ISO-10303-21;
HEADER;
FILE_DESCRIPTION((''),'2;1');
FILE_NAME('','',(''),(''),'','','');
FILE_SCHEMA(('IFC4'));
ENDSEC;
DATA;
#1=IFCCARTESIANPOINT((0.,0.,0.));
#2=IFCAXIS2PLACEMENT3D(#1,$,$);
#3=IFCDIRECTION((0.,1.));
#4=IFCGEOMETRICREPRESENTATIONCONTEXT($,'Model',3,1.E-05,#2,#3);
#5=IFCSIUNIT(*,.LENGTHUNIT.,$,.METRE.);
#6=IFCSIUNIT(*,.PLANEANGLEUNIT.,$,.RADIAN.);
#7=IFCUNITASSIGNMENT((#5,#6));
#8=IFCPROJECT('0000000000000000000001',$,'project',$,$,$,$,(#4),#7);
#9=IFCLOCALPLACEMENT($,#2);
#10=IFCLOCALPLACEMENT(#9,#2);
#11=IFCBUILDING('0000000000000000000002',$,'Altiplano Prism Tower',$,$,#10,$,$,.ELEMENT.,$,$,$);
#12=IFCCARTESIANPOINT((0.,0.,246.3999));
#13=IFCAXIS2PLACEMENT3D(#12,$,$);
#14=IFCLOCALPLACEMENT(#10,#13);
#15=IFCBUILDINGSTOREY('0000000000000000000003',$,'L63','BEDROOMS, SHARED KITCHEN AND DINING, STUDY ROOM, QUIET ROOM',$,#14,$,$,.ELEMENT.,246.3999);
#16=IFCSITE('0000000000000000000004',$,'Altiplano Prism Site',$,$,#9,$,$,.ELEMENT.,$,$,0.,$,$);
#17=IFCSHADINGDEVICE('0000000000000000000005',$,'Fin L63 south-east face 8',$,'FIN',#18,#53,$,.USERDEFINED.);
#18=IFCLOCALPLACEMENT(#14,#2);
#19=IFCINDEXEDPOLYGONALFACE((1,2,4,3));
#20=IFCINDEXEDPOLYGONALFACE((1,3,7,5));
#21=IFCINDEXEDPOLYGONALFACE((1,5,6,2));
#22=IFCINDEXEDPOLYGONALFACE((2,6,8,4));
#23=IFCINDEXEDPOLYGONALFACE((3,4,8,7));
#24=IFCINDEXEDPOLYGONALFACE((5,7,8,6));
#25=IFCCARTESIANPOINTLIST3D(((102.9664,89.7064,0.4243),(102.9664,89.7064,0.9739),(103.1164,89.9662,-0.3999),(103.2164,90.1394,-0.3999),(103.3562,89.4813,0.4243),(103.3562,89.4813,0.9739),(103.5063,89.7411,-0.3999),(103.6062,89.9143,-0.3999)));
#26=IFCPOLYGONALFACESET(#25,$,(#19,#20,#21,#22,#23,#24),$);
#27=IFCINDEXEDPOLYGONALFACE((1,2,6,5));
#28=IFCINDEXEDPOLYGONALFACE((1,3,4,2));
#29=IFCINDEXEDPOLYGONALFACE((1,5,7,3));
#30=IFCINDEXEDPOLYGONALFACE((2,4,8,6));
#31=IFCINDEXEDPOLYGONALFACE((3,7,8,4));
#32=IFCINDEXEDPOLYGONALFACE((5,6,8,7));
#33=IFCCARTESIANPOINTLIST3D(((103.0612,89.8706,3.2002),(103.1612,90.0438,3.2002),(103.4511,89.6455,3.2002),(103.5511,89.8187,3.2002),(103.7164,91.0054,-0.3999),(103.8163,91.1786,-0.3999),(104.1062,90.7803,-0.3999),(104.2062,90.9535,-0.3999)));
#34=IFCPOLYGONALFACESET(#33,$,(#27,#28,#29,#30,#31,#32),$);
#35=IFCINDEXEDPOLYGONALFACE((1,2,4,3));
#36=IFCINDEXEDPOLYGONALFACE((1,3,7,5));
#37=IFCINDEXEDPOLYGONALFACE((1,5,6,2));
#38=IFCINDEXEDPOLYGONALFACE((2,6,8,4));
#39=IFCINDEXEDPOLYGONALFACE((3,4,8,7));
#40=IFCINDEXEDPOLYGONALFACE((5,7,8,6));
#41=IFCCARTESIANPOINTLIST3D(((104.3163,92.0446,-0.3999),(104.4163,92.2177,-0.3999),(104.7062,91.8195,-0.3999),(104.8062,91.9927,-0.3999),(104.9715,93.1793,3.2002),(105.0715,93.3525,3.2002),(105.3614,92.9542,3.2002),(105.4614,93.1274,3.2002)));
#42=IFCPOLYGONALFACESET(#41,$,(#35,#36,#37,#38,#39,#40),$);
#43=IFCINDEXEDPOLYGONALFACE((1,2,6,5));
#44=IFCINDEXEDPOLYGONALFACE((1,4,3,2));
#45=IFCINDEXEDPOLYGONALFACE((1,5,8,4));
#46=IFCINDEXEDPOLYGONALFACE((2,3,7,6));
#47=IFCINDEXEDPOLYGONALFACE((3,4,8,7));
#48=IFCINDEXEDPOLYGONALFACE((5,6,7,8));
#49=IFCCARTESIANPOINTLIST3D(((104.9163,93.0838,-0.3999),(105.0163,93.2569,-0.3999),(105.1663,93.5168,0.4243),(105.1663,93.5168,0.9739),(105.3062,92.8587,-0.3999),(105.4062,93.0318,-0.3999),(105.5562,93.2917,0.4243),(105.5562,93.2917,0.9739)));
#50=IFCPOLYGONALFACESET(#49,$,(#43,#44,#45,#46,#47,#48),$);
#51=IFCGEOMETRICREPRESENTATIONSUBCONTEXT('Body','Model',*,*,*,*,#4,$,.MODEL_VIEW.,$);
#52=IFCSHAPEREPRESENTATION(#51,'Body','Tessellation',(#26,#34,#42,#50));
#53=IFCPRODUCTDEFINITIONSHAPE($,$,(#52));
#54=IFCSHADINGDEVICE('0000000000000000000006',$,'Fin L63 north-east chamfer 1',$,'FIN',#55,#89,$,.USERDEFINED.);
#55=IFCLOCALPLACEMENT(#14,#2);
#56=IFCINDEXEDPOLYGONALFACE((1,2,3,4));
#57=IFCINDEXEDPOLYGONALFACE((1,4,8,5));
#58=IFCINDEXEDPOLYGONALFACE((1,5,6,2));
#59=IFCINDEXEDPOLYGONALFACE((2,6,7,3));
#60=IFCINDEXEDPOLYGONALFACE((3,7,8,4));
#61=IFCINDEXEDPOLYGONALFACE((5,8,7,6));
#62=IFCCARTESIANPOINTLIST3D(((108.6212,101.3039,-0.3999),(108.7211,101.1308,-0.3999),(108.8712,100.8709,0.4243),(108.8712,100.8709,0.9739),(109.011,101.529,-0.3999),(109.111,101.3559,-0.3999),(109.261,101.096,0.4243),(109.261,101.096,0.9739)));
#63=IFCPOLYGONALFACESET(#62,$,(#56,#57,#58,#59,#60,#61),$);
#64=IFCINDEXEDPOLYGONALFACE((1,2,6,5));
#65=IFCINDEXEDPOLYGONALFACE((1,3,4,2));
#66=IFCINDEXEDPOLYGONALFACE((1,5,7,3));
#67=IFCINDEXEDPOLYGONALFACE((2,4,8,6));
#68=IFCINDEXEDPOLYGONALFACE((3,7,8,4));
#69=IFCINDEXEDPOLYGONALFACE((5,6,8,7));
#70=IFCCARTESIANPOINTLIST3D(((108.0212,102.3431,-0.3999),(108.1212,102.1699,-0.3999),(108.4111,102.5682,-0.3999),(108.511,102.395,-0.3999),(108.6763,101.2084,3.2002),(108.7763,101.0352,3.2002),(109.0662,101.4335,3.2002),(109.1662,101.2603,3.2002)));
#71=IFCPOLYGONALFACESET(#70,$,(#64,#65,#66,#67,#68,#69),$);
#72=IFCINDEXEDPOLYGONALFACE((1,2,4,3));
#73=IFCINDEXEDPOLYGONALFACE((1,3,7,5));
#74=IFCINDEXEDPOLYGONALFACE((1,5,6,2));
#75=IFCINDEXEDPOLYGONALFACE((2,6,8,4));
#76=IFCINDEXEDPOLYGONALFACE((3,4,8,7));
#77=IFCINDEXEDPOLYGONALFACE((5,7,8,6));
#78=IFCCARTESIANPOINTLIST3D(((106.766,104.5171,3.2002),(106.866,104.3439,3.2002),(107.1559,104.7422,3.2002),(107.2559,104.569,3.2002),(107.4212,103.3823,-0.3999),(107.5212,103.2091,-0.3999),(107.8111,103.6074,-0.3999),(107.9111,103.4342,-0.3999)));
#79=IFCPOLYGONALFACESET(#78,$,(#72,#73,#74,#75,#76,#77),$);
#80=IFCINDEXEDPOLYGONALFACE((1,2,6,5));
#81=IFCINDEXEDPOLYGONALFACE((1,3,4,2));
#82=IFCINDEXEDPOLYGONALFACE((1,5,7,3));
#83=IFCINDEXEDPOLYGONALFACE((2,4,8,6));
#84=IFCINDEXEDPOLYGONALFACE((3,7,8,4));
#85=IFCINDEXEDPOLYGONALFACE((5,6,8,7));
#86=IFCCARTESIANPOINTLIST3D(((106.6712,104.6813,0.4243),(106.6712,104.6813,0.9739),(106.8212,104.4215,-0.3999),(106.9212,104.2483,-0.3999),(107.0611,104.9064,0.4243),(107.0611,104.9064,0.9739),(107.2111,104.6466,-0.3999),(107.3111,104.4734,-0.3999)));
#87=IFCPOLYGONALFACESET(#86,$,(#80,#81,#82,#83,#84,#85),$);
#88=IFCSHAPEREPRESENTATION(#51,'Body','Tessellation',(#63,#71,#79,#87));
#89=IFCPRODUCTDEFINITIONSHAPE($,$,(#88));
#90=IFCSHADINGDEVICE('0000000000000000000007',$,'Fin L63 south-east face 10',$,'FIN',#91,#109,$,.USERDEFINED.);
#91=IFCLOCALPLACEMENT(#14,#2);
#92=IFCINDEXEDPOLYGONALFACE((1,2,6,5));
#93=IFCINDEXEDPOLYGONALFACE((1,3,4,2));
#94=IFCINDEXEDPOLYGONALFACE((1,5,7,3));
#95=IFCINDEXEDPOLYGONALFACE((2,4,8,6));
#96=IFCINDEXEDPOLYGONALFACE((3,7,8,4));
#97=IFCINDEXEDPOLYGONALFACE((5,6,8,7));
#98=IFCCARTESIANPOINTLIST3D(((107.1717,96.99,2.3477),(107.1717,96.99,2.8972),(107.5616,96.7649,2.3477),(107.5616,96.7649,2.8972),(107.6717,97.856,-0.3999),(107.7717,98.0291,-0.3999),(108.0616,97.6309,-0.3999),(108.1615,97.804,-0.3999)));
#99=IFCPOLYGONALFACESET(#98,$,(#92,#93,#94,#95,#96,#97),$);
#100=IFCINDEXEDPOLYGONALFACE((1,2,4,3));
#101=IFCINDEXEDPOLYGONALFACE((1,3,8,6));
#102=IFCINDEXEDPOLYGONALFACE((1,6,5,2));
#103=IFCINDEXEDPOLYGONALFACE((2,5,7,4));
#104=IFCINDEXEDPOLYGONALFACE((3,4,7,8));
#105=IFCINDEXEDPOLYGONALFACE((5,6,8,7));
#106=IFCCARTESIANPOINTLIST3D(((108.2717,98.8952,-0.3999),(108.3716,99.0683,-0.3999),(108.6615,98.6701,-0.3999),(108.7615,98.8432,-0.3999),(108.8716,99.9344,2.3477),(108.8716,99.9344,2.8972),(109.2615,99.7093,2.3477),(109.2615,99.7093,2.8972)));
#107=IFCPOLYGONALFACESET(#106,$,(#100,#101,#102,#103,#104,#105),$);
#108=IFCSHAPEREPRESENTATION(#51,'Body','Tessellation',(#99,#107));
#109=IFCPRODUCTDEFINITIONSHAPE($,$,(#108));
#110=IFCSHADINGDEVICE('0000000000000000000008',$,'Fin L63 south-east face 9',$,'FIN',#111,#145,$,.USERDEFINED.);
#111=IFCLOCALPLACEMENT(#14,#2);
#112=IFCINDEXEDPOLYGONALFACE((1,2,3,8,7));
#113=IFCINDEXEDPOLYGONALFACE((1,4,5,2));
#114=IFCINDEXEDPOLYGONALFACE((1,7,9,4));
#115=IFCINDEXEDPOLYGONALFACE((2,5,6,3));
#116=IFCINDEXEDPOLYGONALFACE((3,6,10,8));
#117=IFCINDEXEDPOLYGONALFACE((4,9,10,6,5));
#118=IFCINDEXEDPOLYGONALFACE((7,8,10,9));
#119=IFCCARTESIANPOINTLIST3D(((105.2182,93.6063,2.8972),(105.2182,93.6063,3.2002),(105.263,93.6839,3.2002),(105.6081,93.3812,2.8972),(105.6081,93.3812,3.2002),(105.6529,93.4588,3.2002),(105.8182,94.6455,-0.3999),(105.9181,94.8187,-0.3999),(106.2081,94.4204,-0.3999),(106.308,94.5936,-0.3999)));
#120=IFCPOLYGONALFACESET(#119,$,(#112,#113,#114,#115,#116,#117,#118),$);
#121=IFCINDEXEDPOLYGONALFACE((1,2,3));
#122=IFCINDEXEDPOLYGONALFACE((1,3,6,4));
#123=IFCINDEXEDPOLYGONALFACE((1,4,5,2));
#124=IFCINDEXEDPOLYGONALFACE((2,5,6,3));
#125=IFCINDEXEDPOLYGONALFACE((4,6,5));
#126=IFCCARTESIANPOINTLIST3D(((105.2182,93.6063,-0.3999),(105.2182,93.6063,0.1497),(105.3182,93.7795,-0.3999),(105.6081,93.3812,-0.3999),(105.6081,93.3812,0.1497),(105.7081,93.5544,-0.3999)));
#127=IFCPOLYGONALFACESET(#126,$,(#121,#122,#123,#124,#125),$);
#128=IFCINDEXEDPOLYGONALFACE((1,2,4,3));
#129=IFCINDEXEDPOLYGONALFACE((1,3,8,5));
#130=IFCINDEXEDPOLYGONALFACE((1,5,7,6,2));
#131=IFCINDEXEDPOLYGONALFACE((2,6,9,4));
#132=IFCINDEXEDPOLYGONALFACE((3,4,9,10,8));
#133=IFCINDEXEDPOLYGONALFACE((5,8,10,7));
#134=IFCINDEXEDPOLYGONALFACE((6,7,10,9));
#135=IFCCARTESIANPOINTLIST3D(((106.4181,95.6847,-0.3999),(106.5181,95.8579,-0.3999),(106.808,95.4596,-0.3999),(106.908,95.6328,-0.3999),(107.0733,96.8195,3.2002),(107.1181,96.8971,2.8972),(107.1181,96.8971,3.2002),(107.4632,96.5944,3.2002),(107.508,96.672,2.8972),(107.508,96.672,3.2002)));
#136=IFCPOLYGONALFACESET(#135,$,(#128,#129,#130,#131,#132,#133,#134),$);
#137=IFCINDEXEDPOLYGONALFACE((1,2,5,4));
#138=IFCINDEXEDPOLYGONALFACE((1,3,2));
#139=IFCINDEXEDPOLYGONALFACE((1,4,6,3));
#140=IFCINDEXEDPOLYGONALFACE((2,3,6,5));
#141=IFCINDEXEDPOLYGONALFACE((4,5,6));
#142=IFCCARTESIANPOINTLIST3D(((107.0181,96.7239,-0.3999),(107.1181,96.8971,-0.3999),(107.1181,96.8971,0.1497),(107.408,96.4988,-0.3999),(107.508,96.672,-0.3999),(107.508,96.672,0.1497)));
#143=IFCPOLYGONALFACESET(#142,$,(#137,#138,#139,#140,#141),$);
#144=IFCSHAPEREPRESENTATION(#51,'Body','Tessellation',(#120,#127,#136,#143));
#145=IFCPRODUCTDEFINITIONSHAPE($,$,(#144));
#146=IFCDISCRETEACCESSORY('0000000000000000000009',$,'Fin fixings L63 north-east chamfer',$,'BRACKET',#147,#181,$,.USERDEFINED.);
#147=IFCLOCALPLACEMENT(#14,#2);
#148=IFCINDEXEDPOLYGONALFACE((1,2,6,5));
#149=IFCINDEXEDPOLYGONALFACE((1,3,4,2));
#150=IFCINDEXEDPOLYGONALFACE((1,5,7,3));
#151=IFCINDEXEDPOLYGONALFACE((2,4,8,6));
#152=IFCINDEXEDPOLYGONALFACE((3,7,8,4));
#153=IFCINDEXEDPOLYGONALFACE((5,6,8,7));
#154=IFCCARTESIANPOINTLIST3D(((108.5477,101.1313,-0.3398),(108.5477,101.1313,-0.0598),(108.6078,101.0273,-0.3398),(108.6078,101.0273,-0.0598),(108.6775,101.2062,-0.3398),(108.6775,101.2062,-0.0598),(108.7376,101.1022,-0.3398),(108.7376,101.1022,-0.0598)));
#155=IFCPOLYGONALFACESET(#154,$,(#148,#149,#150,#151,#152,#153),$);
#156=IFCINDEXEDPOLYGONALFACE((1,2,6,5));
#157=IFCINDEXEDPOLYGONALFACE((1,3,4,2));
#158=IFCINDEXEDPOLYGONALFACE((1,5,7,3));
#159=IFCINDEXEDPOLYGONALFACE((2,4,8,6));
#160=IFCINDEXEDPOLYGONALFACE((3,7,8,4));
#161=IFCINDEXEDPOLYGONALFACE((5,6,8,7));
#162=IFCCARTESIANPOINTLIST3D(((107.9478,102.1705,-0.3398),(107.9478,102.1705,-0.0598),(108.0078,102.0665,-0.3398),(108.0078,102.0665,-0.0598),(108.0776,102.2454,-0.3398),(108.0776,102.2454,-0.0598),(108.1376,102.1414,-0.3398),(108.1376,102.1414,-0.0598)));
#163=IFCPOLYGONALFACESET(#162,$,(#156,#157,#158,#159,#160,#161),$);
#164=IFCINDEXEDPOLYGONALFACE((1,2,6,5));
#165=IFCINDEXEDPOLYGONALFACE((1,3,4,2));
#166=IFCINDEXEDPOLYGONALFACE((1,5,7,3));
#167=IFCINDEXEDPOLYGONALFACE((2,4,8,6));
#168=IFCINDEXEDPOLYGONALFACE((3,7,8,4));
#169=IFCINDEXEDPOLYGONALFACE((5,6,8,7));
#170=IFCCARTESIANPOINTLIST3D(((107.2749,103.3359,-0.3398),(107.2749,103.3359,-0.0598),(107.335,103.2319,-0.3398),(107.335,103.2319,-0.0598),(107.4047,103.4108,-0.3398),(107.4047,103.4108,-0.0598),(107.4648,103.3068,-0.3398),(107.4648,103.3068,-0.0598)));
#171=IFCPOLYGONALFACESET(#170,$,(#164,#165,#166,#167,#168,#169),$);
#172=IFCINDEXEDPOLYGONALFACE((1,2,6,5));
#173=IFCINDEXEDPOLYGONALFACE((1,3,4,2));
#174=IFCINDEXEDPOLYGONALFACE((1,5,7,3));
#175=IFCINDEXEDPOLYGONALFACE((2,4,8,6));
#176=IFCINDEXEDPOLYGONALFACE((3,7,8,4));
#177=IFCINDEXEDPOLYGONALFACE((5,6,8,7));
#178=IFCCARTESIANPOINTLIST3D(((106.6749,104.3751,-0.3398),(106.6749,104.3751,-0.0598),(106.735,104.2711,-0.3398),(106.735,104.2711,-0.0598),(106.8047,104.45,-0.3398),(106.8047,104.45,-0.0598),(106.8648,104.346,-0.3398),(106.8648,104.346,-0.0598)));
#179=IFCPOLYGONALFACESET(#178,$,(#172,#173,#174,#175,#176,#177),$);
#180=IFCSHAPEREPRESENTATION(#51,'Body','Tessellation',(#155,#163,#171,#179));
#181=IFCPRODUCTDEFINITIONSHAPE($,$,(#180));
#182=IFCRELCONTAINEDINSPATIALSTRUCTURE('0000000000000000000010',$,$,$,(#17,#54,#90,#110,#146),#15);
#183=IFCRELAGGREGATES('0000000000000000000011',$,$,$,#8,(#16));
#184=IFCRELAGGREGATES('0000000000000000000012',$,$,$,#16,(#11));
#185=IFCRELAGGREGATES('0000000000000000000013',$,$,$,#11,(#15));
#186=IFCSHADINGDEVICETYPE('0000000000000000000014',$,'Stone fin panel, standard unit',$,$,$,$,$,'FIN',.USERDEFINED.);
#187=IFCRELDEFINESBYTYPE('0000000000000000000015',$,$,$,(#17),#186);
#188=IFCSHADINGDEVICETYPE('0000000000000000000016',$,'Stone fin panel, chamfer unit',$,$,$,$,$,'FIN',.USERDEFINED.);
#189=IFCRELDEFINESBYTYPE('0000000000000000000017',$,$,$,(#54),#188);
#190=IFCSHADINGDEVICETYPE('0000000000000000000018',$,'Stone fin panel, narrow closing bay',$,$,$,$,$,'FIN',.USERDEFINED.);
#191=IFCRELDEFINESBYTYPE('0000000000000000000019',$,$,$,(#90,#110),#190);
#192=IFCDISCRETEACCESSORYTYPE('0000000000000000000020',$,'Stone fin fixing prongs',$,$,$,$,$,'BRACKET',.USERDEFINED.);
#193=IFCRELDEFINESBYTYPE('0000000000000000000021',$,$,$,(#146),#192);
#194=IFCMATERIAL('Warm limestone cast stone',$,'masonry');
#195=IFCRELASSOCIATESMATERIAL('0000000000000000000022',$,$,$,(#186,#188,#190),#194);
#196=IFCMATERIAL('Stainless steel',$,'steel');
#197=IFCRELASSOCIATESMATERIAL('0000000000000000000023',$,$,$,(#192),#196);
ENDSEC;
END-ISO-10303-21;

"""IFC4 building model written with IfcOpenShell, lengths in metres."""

from ifc_helpers import new_model, si_unit, direction, frame, origin, place, context, subcontext, project, spatial, polyline, outline, extrude, source, transform, mapped, material, type_object, element, save


model = new_model("IFC4")

# Units and contexts
model_context = context("Model", 3, precision=1e-05, world=origin(), true_north=direction((0.0, 1.0)))
body_context = subcontext(model_context, "Body", "Model", "MODEL_VIEW")
ifc_project = project(units=[si_unit("LENGTHUNIT", "METRE"), si_unit("PLANEANGLEUNIT", "RADIAN")], contexts=[model_context])

# Site, building, storey
site_placement = place(None, origin())
site = spatial("IfcSite", under=ifc_project, at=site_placement, Name="Altiplano Prism Site", CompositionType="ELEMENT", RefElevation=0.0)
building_placement = place(site_placement, origin())
building = spatial("IfcBuilding", under=site, at=building_placement, Name="Altiplano Prism Tower", CompositionType="ELEMENT")
storey_placement = place(building_placement, frame((0.0, 0.0, 246.3999)))
storey = spatial("IfcBuildingStorey", under=building, at=storey_placement, Name="L63", Description="BEDROOMS, SHARED KITCHEN AND DINING, STUDY ROOM, QUIET ROOM", CompositionType="ELEMENT", Elevation=246.3999)

# Shading devices
ifc_material_1 = material(Name="Warm limestone cast stone", Category="masonry")
shading_device_type_1 = type_object("IfcShadingDeviceType", Name="Stone fin panel, standard unit", ElementType="FIN", PredefinedType="USERDEFINED", material=ifc_material_1)
shared_shape_1 = source(origin(), body_context, "Body", "SweptSolid", [
    extrude(outline(polyline([(-2.2, 1.3738), (-2.2, 0.8242), (-1.8999, 0.0), (-1.7, 0.0), (-2.2, 1.3738)])), frame((0.0, -0.1499, 0.0), z_axis=(0.0, -1.0, 0.0), x_axis=(1.0, 0.0, 0.0)), (0.0, 0.0, 1.0), 0.4502),
    extrude(outline(polyline([(-2.0103, 3.6001), (-0.7, 0.0), (-0.5, 0.0), (-1.8103, 3.6001), (-2.0103, 3.6001)])), frame((0.0, -0.1499, 0.0), z_axis=(0.0, -1.0, 0.0), x_axis=(1.0, 0.0, 0.0)), (0.0, 0.0, 1.0), 0.4502),
    extrude(outline(polyline([(1.8103, 3.6001), (0.5, 0.0), (0.7, 0.0), (2.0103, 3.6001), (1.8103, 3.6001)])), frame((0.0, -0.1499, 0.0), z_axis=(0.0, -1.0, 0.0), x_axis=(1.0, 0.0, 0.0)), (0.0, 0.0, 1.0), 0.4502),
    extrude(outline(polyline([(2.2, 0.8242), (2.2, 1.3738), (1.7, 0.0), (1.8999, 0.0), (2.2, 0.8242)])), frame((0.0, -0.1499, 0.0), z_axis=(0.0, -1.0, 0.0), x_axis=(1.0, 0.0, 0.0)), (0.0, 0.0, 1.0), 0.4502),
])
shading_device_1_placement = place(storey_placement, origin())
element("IfcShadingDevice", 1, at=shading_device_1_placement, inside=storey, type_object=shading_device_type_1, Name="Fin L63 south-east face 8", ObjectType="FIN", PredefinedType="USERDEFINED", context=body_context, shape_type="MappedRepresentation", body=[
    mapped(shared_shape_1, transform((103.9365, 91.6865, -0.3999), x_axis=(0.5, 0.866025, 0.0), y_axis=(-0.866025, 0.5, 0.0), z_axis=(0.0, 0.0, 1.0))),
])
shading_device_type_2 = type_object("IfcShadingDeviceType", Name="Stone fin panel, chamfer unit", ElementType="FIN", PredefinedType="USERDEFINED", material=ifc_material_1)
shading_device_2_placement = place(storey_placement, origin())
element("IfcShadingDevice", 2, at=shading_device_2_placement, inside=storey, type_object=shading_device_type_2, Name="Fin L63 north-east chamfer 1", ObjectType="FIN", PredefinedType="USERDEFINED", context=body_context, shape_type="MappedRepresentation", body=[
    mapped(shared_shape_1, transform((107.6414, 102.7012, -0.3999), x_axis=(-0.5, 0.866025, 0.0), y_axis=(-0.866025, -0.5, 0.0), z_axis=(0.0, 0.0, 1.0))),
])
shading_device_type_3 = type_object("IfcShadingDeviceType", Name="Stone fin panel, narrow closing bay", ElementType="FIN", PredefinedType="USERDEFINED", material=ifc_material_1)
shared_shape_2 = source(origin(), body_context, "Body", "SweptSolid", [
    extrude(outline(polyline([(-1.7, 3.2971), (-1.7, 2.7476), (-0.7, 0.0), (-0.5, 0.0), (-1.7, 3.2971)])), frame((0.0, -0.1499, 0.0), z_axis=(0.0, -1.0, 0.0), x_axis=(1.0, 0.0, 0.0)), (0.0, 0.0, 1.0), 0.4502),
    extrude(outline(polyline([(1.7, 2.7476), (1.7, 3.2971), (0.5, 0.0), (0.7, 0.0), (1.7, 2.7476)])), frame((0.0, -0.1499, 0.0), z_axis=(0.0, -1.0, 0.0), x_axis=(1.0, 0.0, 0.0)), (0.0, 0.0, 1.0), 0.4502),
])
shading_device_3_placement = place(storey_placement, origin())
element("IfcShadingDevice", 3, at=shading_device_3_placement, inside=storey, type_object=shading_device_type_3, Name="Fin L63 south-east face 10", ObjectType="FIN", PredefinedType="USERDEFINED", context=body_context, shape_type="MappedRepresentation", body=[
    mapped(shared_shape_2, transform((107.8918, 98.5371, -0.3999), x_axis=(0.5, 0.866025, 0.0), y_axis=(-0.866025, 0.5, 0.0), z_axis=(0.0, 0.0, 1.0))),
])
shared_shape_3 = source(origin(), body_context, "Body", "SweptSolid", [
    extrude(outline(polyline([(-1.8999, 3.6001), (-1.8999, 3.2971), (-0.7, 0.0), (-0.5, 0.0), (-1.8103, 3.6001), (-1.8999, 3.6001)])), frame((0.0, -0.1499, 0.0), z_axis=(0.0, -1.0, 0.0), x_axis=(1.0, 0.0, 0.0)), (0.0, 0.0, 1.0), 0.4502),
    extrude(outline(polyline([(-1.8999, 0.5496), (-1.8999, 0.0), (-1.7, 0.0), (-1.8999, 0.5496)])), frame((0.0, -0.1499, 0.0), z_axis=(0.0, -1.0, 0.0), x_axis=(1.0, 0.0, 0.0)), (0.0, 0.0, 1.0), 0.4502),
    extrude(outline(polyline([(1.8103, 3.6001), (0.5, 0.0), (0.7, 0.0), (1.8999, 3.2971), (1.8999, 3.6001), (1.8103, 3.6001)])), frame((0.0, -0.1499, 0.0), z_axis=(0.0, -1.0, 0.0), x_axis=(1.0, 0.0, 0.0)), (0.0, 0.0, 1.0), 0.4502),
    extrude(outline(polyline([(1.8999, 0.0), (1.8999, 0.5496), (1.7, 0.0), (1.8999, 0.0)])), frame((0.0, -0.1499, 0.0), z_axis=(0.0, -1.0, 0.0), x_axis=(1.0, 0.0, 0.0)), (0.0, 0.0, 1.0), 0.4502),
])
shading_device_4_placement = place(storey_placement, origin())
element("IfcShadingDevice", 4, at=shading_device_4_placement, inside=storey, type_object=shading_device_type_3, Name="Fin L63 south-east face 9", ObjectType="FIN", PredefinedType="USERDEFINED", context=body_context, shape_type="MappedRepresentation", body=[
    mapped(shared_shape_3, transform((106.0383, 95.3267, -0.3999), x_axis=(0.5, 0.866025, 0.0), y_axis=(-0.866025, 0.5, 0.0), z_axis=(0.0, 0.0, 1.0))),
])

# Discrete accessory
ifc_material_2 = material(Name="Stainless steel", Category="steel")
discrete_accessory_type = type_object("IfcDiscreteAccessoryType", Name="Stone fin fixing prongs", ElementType="BRACKET", PredefinedType="USERDEFINED", material=ifc_material_2)
shared_shape_4 = source(origin(), body_context, "Body", "SweptSolid", [
    extrude(outline(polyline([(-1.9329, 0.0601), (-1.8127, 0.0601), (-1.8127, 0.3401), (-1.9329, 0.3401), (-1.9329, 0.0601)])), frame((0.0, 0.0, 0.0), z_axis=(0.0, -1.0, 0.0), x_axis=(1.0, 0.0, 0.0)), (0.0, 0.0, 1.0), 0.1499),
    extrude(outline(polyline([(-0.7329, 0.0601), (-0.6128, 0.0601), (-0.6128, 0.3401), (-0.7329, 0.3401), (-0.7329, 0.0601)])), frame((0.0, 0.0, 0.0), z_axis=(0.0, -1.0, 0.0), x_axis=(1.0, 0.0, 0.0)), (0.0, 0.0, 1.0), 0.1499),
    extrude(outline(polyline([(0.6128, 0.0601), (0.7329, 0.0601), (0.7329, 0.3401), (0.6128, 0.3401), (0.6128, 0.0601)])), frame((0.0, 0.0, 0.0), z_axis=(0.0, -1.0, 0.0), x_axis=(1.0, 0.0, 0.0)), (0.0, 0.0, 1.0), 0.1499),
    extrude(outline(polyline([(1.8127, 0.0601), (1.9329, 0.0601), (1.9329, 0.3401), (1.8127, 0.3401), (1.8127, 0.0601)])), frame((0.0, 0.0, 0.0), z_axis=(0.0, -1.0, 0.0), x_axis=(1.0, 0.0, 0.0)), (0.0, 0.0, 1.0), 0.1499),
])
discrete_accessory_1_placement = place(storey_placement, origin())
element("IfcDiscreteAccessory", 5, at=discrete_accessory_1_placement, inside=storey, type_object=discrete_accessory_type, Name="Fin fixings L63 north-east chamfer", ObjectType="BRACKET", PredefinedType="USERDEFINED", context=body_context, shape_type="MappedRepresentation", body=[
    mapped(shared_shape_4, transform((107.6414, 102.7012, -0.3999), x_axis=(-0.5, 0.866025, 0.0), y_axis=(-0.866025, -0.5, 0.0), z_axis=(0.0, 0.0, 1.0))),
])

save(model, "model.ifc")
